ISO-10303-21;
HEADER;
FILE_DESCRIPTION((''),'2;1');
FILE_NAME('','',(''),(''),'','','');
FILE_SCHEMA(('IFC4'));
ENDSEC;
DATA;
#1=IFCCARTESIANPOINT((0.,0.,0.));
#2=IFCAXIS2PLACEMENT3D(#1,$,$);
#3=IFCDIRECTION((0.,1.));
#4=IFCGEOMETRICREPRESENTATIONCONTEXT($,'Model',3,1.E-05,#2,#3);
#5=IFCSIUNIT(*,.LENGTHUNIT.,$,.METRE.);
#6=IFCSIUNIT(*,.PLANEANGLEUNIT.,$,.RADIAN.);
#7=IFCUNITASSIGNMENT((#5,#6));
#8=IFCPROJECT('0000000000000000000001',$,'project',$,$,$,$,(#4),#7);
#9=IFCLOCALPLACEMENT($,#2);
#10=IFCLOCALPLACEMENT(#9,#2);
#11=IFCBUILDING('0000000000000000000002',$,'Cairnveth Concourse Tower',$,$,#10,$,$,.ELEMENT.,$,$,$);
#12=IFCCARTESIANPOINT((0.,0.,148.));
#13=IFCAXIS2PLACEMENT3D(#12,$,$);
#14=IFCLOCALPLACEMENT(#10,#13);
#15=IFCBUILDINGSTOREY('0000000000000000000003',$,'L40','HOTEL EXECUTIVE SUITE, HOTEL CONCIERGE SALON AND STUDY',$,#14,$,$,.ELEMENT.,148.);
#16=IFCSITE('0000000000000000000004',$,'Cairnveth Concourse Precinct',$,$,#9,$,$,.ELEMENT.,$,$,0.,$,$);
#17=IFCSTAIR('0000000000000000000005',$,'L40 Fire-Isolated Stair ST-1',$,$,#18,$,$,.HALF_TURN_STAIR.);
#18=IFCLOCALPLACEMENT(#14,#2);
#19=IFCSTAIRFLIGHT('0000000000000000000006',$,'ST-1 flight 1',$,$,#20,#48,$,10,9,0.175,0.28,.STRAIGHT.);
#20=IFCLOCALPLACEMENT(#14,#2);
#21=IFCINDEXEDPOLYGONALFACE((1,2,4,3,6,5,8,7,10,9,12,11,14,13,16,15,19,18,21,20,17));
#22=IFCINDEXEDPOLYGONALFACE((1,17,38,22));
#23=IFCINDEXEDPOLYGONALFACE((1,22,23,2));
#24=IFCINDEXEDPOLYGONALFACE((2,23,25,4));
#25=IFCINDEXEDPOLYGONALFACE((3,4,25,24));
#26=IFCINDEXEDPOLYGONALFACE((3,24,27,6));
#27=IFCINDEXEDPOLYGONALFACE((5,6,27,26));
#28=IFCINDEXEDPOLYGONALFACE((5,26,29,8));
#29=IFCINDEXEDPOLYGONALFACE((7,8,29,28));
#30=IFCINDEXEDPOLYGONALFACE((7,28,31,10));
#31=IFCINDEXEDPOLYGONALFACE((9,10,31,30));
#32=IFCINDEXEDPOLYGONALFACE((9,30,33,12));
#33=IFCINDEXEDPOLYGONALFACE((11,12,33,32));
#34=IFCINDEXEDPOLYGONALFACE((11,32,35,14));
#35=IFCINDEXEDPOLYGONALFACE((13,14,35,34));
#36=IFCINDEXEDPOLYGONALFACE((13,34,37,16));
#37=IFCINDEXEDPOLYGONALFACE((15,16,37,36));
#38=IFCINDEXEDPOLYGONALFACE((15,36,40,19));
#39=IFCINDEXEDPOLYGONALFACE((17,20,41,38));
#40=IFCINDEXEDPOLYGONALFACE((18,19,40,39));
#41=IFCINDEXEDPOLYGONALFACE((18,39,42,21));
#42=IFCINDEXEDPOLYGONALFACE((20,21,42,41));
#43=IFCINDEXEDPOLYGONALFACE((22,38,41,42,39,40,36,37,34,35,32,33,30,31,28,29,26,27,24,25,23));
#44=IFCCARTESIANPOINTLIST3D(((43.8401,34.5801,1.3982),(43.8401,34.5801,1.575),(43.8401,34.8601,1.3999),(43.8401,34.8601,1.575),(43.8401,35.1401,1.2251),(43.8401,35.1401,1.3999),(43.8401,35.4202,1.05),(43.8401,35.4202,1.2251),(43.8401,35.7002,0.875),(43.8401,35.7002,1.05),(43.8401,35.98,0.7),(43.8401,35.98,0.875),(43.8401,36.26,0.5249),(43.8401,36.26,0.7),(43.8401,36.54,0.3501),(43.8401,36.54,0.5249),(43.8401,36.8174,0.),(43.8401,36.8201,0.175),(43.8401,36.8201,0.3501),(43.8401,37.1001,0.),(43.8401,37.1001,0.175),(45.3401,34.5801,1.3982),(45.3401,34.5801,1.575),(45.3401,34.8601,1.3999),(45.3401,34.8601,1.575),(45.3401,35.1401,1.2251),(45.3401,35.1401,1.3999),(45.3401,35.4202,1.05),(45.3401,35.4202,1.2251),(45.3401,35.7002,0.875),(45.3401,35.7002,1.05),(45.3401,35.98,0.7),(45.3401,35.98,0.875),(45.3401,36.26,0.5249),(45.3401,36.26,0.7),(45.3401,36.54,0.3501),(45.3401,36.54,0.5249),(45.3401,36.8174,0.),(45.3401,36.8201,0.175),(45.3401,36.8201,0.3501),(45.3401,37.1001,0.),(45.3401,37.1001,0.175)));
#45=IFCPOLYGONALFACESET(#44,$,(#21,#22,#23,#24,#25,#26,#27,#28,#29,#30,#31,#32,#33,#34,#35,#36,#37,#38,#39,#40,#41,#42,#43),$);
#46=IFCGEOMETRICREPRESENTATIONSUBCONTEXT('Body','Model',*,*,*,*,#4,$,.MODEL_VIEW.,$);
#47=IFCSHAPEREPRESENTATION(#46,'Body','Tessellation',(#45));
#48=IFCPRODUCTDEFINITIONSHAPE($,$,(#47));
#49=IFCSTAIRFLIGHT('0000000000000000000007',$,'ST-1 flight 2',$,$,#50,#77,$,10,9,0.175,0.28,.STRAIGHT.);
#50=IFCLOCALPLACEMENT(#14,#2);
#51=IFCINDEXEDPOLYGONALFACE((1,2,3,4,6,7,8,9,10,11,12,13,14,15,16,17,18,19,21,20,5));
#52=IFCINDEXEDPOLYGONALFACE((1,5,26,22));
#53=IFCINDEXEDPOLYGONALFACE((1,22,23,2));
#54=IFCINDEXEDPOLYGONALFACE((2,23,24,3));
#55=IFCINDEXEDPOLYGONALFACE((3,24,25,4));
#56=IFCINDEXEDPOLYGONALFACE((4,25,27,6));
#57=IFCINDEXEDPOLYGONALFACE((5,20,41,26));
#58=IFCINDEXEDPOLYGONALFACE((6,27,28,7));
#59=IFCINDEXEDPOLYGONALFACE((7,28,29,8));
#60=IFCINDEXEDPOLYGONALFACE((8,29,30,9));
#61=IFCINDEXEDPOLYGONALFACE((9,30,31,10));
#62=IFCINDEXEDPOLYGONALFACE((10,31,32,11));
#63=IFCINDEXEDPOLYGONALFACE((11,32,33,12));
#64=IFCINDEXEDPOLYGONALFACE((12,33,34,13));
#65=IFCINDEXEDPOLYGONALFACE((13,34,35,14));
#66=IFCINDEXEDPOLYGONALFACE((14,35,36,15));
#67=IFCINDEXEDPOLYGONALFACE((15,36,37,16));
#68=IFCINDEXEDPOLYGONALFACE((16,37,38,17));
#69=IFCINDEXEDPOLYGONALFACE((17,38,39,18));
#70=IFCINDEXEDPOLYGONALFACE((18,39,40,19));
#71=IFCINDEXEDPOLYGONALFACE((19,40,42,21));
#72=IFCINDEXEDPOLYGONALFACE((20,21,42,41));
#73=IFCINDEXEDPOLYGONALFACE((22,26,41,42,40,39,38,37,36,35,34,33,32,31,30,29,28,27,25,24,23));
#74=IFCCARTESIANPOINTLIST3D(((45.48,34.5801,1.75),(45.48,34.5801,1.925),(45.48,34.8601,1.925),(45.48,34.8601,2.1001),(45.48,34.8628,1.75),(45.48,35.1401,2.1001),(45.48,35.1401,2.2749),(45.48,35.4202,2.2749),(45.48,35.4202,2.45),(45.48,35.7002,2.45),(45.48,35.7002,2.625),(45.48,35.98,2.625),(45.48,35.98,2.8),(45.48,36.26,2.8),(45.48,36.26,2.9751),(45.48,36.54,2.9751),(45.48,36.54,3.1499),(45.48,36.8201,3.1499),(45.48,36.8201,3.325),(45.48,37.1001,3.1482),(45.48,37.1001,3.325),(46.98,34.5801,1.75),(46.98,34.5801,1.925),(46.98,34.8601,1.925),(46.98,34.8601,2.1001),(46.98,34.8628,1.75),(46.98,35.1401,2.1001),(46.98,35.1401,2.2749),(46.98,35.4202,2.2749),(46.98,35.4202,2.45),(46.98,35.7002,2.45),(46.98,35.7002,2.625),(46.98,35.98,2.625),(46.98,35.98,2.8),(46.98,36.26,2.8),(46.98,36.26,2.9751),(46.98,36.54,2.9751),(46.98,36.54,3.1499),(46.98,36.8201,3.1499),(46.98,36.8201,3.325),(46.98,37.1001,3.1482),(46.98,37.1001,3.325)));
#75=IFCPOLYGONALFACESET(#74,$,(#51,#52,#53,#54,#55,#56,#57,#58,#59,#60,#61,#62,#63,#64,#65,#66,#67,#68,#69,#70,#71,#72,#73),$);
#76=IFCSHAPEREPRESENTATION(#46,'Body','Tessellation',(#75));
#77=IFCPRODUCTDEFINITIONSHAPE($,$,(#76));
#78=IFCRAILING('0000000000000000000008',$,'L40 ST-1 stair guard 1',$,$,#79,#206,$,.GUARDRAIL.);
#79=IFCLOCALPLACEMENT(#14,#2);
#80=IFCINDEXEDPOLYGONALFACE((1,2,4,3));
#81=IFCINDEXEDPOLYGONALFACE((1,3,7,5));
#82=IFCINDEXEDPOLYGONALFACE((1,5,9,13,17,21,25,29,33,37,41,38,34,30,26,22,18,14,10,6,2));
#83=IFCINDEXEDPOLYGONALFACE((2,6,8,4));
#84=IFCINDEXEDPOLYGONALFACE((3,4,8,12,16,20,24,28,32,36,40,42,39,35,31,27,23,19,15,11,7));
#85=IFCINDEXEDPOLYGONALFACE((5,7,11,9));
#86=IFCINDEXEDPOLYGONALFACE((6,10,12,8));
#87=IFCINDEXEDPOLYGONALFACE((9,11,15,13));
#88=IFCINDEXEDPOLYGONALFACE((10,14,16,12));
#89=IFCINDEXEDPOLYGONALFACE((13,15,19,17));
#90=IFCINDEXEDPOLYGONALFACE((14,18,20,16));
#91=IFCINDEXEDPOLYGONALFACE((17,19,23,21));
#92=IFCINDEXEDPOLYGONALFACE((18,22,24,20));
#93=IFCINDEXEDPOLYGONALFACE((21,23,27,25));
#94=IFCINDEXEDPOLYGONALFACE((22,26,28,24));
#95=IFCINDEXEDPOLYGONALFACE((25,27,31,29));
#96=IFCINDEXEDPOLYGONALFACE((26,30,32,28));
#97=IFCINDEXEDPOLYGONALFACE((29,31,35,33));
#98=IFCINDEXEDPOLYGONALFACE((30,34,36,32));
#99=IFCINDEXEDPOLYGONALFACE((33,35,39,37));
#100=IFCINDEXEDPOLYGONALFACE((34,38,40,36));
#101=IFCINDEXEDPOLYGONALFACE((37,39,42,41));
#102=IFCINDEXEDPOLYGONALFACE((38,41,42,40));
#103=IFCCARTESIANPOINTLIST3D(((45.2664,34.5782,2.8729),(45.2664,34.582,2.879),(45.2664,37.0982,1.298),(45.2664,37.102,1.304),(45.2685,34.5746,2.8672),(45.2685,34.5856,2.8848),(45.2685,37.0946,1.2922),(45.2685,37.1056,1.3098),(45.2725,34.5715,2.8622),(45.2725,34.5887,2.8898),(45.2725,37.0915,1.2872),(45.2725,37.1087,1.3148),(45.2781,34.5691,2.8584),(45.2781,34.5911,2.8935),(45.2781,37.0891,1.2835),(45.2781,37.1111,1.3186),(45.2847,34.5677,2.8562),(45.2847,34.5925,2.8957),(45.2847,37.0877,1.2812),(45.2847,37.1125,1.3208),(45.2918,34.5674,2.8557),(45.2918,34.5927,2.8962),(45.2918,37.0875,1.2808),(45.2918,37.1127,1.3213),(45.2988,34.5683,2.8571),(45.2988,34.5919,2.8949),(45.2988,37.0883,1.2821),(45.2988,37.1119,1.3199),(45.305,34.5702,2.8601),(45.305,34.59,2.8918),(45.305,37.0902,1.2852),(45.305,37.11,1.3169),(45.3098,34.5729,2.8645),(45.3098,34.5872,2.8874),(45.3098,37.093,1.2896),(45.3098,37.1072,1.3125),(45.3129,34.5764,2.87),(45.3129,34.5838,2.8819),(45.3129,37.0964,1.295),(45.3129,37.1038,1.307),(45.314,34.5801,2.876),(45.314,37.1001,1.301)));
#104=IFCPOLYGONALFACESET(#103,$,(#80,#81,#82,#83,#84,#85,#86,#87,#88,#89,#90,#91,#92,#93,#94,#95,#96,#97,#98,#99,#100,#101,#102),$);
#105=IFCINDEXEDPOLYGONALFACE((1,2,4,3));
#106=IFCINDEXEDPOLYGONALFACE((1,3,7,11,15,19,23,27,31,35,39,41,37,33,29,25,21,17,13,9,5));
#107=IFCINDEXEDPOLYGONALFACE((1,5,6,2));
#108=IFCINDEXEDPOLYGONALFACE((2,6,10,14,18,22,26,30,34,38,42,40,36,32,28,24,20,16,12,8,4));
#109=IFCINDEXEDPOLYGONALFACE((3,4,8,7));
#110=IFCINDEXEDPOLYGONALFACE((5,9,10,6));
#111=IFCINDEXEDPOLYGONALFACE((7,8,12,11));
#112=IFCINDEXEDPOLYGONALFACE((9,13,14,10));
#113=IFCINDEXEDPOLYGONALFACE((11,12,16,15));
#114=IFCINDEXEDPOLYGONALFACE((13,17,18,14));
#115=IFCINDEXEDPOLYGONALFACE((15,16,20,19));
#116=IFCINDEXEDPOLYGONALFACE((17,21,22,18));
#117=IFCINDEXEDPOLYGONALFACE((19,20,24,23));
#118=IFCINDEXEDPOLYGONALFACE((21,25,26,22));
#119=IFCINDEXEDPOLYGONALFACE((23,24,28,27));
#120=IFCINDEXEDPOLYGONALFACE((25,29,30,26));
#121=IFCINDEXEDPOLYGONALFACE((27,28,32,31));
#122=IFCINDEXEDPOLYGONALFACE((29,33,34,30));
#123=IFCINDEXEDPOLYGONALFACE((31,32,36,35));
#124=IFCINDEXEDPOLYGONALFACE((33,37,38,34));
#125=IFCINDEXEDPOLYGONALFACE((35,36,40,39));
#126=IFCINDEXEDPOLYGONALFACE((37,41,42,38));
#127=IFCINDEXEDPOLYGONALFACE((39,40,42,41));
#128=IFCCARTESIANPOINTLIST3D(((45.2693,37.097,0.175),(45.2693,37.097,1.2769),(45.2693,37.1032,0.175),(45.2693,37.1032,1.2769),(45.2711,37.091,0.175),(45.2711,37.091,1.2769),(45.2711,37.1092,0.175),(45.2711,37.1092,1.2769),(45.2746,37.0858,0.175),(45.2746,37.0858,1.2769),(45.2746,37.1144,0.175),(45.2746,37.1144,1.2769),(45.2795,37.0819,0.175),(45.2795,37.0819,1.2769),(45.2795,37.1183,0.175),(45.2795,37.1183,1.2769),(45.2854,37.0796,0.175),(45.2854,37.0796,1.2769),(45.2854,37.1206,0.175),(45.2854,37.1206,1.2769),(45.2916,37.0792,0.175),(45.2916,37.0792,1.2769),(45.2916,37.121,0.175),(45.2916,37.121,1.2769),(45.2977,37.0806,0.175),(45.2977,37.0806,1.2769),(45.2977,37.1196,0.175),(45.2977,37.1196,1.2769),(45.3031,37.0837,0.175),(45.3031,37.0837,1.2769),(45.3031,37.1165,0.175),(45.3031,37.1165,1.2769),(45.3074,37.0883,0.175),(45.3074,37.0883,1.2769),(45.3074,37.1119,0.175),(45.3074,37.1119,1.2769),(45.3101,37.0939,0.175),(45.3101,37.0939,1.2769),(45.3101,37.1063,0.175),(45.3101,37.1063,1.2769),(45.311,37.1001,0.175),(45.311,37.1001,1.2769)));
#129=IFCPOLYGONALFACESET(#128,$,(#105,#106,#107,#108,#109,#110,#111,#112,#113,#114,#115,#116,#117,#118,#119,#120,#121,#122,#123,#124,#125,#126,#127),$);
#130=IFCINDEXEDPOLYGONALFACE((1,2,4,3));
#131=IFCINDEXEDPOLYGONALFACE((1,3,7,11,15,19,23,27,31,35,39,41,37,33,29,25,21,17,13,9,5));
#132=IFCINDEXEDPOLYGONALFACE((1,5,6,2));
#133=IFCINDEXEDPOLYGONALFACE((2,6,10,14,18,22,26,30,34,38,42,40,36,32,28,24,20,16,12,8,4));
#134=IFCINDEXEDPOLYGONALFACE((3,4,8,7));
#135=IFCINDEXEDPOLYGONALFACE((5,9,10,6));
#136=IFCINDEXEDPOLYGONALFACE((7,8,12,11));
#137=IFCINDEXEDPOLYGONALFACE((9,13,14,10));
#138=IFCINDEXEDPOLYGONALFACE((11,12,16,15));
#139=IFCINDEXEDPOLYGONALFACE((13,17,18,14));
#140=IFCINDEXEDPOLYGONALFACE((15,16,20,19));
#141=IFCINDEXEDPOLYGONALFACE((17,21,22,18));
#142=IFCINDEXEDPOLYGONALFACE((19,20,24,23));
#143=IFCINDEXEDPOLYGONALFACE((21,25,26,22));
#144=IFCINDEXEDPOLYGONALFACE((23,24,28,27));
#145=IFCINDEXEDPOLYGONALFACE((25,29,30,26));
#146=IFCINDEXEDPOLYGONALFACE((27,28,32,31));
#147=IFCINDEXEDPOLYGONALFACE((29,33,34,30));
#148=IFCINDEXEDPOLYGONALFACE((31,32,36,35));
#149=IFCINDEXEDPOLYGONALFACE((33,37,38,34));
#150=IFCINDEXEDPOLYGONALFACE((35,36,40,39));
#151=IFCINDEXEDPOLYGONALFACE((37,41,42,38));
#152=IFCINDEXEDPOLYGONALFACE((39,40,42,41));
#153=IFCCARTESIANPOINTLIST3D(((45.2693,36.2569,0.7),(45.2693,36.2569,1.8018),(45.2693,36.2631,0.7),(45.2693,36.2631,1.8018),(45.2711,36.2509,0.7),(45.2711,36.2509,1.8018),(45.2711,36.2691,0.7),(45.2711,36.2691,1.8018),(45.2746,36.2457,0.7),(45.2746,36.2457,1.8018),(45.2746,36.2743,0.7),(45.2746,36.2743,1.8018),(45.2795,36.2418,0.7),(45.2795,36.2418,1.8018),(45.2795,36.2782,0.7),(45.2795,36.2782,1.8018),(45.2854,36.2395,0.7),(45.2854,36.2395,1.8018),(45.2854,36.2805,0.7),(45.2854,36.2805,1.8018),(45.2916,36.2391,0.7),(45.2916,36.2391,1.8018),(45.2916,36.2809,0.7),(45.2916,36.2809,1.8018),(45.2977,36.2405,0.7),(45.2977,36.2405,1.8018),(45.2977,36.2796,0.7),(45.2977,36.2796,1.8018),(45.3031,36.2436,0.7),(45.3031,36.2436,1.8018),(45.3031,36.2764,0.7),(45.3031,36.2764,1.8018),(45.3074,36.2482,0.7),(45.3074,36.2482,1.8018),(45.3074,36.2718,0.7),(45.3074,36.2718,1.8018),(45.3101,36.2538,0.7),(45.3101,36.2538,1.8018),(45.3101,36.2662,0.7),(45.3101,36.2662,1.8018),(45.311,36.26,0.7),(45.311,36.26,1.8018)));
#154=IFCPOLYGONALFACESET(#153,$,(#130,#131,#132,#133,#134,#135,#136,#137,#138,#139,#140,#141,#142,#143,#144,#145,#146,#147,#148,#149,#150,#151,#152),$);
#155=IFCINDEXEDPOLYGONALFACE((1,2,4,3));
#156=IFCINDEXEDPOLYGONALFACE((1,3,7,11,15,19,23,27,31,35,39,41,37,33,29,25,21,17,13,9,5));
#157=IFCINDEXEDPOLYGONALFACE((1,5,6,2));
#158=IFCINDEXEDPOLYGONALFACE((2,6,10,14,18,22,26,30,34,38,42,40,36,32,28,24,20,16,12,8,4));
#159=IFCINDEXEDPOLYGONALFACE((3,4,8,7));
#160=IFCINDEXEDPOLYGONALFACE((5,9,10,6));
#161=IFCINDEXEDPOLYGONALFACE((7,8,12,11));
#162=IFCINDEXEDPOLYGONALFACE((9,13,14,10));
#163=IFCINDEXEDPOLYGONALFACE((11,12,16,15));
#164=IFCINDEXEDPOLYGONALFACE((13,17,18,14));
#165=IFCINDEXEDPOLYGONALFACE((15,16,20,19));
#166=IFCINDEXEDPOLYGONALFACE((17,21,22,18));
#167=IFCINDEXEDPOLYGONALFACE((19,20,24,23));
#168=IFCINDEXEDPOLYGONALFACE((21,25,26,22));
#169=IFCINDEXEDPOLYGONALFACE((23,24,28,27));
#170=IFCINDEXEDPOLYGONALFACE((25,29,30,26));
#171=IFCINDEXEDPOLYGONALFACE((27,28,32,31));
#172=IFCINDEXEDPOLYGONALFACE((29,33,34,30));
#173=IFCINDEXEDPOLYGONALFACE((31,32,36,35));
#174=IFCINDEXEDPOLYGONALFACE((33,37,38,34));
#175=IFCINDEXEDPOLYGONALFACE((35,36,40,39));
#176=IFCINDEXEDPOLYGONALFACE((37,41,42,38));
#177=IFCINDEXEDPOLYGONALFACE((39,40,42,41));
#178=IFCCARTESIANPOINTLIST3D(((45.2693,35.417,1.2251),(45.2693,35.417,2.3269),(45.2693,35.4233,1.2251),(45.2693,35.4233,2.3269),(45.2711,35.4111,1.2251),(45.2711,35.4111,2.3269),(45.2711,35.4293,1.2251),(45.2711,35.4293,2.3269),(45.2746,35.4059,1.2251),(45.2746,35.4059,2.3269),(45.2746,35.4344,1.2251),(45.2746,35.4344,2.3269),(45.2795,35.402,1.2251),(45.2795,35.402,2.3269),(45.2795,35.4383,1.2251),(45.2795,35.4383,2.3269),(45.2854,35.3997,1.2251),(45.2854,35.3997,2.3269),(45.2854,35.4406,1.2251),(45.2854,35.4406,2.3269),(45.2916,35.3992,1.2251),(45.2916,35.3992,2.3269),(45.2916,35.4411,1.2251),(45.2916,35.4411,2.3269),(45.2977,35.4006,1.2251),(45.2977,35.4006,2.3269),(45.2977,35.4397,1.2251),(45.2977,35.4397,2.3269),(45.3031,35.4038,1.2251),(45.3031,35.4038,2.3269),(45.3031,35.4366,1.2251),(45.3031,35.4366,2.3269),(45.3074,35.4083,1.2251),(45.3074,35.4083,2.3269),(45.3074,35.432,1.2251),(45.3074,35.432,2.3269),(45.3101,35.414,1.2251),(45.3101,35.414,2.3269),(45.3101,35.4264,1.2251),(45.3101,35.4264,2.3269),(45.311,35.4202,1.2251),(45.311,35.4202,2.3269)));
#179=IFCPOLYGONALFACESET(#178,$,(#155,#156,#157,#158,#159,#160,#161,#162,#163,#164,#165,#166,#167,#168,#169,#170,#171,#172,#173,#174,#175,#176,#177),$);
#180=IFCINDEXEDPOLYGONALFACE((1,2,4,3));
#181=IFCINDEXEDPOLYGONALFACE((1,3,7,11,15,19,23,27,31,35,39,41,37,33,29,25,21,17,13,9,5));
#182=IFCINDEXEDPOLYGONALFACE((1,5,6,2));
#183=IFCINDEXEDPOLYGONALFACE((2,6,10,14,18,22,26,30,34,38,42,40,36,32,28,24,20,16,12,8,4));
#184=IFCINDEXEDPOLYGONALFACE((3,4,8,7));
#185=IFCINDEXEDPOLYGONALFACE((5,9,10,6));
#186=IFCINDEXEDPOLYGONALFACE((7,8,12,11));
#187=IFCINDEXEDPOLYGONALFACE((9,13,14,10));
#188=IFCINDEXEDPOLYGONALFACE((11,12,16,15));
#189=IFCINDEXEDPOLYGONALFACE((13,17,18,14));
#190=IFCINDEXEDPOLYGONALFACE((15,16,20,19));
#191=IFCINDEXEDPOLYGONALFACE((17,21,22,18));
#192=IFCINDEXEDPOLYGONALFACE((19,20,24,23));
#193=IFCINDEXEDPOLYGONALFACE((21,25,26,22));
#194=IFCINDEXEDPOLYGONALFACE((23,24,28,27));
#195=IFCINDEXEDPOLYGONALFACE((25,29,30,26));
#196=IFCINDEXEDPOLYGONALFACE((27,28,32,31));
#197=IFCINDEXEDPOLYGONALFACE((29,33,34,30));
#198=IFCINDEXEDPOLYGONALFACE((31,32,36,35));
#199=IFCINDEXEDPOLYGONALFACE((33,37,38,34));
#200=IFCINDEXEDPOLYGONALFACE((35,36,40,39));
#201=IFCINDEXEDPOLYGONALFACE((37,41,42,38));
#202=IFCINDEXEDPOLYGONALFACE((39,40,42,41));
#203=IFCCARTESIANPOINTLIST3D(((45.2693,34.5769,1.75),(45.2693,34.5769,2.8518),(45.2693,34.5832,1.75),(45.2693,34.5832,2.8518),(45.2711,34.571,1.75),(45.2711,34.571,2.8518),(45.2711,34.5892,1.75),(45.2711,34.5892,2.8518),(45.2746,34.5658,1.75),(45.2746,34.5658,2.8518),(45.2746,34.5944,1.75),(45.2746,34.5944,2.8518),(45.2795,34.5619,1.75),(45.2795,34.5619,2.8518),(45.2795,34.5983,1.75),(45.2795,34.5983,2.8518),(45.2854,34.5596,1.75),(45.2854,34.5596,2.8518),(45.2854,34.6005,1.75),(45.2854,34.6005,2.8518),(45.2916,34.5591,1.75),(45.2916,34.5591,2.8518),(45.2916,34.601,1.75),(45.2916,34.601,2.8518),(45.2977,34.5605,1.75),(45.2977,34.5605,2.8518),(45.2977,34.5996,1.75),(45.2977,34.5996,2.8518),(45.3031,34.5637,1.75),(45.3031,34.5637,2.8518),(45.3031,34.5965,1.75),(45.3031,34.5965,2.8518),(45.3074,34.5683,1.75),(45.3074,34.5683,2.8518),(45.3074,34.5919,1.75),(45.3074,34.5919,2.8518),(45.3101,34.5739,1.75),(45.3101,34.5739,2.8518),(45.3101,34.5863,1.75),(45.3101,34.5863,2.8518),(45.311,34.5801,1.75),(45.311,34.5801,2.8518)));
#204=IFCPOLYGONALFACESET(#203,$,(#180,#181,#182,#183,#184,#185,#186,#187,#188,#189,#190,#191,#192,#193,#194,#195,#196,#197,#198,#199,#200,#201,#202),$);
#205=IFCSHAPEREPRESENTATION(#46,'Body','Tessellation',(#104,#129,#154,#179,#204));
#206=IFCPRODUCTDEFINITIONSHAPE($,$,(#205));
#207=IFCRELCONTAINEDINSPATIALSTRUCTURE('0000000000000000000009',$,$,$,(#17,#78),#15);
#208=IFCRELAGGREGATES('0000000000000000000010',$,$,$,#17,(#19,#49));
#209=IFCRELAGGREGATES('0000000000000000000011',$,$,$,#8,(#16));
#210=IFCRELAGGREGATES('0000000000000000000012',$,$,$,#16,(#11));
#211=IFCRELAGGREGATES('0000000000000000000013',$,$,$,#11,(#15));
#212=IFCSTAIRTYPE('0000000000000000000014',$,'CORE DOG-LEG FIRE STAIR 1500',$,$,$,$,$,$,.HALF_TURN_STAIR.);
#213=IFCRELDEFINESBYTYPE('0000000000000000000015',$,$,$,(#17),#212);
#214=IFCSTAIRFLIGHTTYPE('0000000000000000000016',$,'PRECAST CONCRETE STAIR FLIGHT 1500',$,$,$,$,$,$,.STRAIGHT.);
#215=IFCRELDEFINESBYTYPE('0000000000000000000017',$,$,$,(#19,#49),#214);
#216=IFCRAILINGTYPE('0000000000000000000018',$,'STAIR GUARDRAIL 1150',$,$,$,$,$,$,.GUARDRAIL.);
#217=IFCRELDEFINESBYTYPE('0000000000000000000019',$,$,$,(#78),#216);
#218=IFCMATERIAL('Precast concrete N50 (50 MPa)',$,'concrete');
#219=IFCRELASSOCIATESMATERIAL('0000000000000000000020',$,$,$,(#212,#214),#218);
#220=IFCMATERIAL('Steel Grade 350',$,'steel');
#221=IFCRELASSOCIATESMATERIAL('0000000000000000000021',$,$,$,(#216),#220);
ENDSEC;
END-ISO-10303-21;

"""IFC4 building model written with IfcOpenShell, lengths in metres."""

from ifc_helpers import new_model, si_unit, direction, frame, origin, origin_2d, place, context, subcontext, project, spatial, polyline, circle, outline, extrude, material, type_object, element, aggregate, save


model = new_model("IFC4")

# Units and contexts
model_context = context("Model", 3, precision=1e-05, world=origin(), true_north=direction((0.0, 1.0)))
body_context = subcontext(model_context, "Body", "Model", "MODEL_VIEW")
ifc_project = project(units=[si_unit("LENGTHUNIT", "METRE"), si_unit("PLANEANGLEUNIT", "RADIAN")], contexts=[model_context])

# Site, building, storey
site_placement = place(None, origin())
site = spatial("IfcSite", under=ifc_project, at=site_placement, Name="Cairnveth Concourse Precinct", CompositionType="ELEMENT", RefElevation=0.0)
building_placement = place(site_placement, origin())
building = spatial("IfcBuilding", under=site, at=building_placement, Name="Cairnveth Concourse Tower", CompositionType="ELEMENT")
storey_placement = place(building_placement, frame((0.0, 0.0, 148.0)))
storey = spatial("IfcBuildingStorey", under=building, at=storey_placement, Name="L40", Description="HOTEL EXECUTIVE SUITE, HOTEL CONCIERGE SALON AND STUDY", CompositionType="ELEMENT", Elevation=148.0)

# Shared definitions
ifc_material_1 = material(Name="Steel Grade 350", Category="steel")

# Stair, stair flights
ifc_material_2 = material(Name="Precast concrete N50 (50 MPa)", Category="concrete")
stair_type = type_object("IfcStairType", Name="CORE DOG-LEG FIRE STAIR 1500", PredefinedType="HALF_TURN_STAIR", material=ifc_material_2)
stair_placement = place(storey_placement, origin())
stair = element("IfcStair", 1, at=stair_placement, inside=storey, type_object=stair_type, Name="L40 Fire-Isolated Stair ST-1", PredefinedType="HALF_TURN_STAIR")
stair_flight_type = type_object("IfcStairFlightType", Name="PRECAST CONCRETE STAIR FLIGHT 1500", PredefinedType="STRAIGHT", material=ifc_material_2)
stair_flight_1_placement = place(storey_placement, frame((44.5901, 37.1001, 0.0), z_axis=(0.0, 0.0, 1.0), x_axis=(0.0, -1.0, 0.0)))
stair_flight_1 = element("IfcStairFlight", 2, at=stair_flight_1_placement, type_object=stair_flight_type, Name="ST-1 flight 1", NumberOfRisers=10, NumberOfTreads=9, PredefinedType="STRAIGHT", RiserHeight=0.175, TreadLength=0.28, context=body_context, shape_type="SweptSolid", body=[
    extrude(outline(polyline([(0.0, 0.0), (0.0, 0.175), (0.28, 0.175), (0.28, 0.3501), (0.5601, 0.3501), (0.5601, 0.5249), (0.8401, 0.5249), (0.8401, 0.7), (1.1201, 0.7), (1.1201, 0.875), (1.3999, 0.875), (1.3999, 1.05), (1.6799, 1.05), (1.6799, 1.2251), (1.96, 1.2251), (1.96, 1.3999), (2.24, 1.3999), (2.24, 1.575), (2.52, 1.575), (2.52, 1.75), (2.52, 1.3982), (0.2827, 0.0), (0.0, 0.0)])), frame((0.0, 0.75, 0.0), z_axis=(0.0, -1.0, 0.0), x_axis=(1.0, 0.0, 0.0)), (0.0, 0.0, 1.0), 1.5),
])
stair_flight_2_placement = place(storey_placement, frame((46.23, 34.5801, 1.75), z_axis=(0.0, 0.0, 1.0), x_axis=(0.0, 1.0, 0.0)))
stair_flight_2 = element("IfcStairFlight", 3, at=stair_flight_2_placement, type_object=stair_flight_type, Name="ST-1 flight 2", NumberOfRisers=10, NumberOfTreads=9, PredefinedType="STRAIGHT", RiserHeight=0.175, TreadLength=0.28, context=body_context, shape_type="SweptSolid", body=[
    extrude(outline(polyline([(0.0, 0.0), (0.0, 0.175), (0.28, 0.175), (0.28, 0.3501), (0.5601, 0.3501), (0.5601, 0.5249), (0.8401, 0.5249), (0.8401, 0.7), (1.1201, 0.7), (1.1201, 0.875), (1.3999, 0.875), (1.3999, 1.05), (1.6799, 1.05), (1.6799, 1.2251), (1.96, 1.2251), (1.96, 1.3999), (2.24, 1.3999), (2.24, 1.575), (2.52, 1.575), (2.52, 1.75), (2.52, 1.3982), (0.2827, 0.0), (0.0, 0.0)])), frame((0.0, 0.75, 0.0), z_axis=(0.0, -1.0, 0.0), x_axis=(1.0, 0.0, 0.0)), (0.0, 0.0, 1.0), 1.5),
])
aggregate(stair, [stair_flight_1, stair_flight_2])

# Railing
railing_type_1 = type_object("IfcRailingType", Name="STAIR GUARDRAIL 1150", PredefinedType="GUARDRAIL", material=ifc_material_1)
railing_1_placement = place(storey_placement, frame((45.29, 37.1001, 0.175)))
element("IfcRailing", 4, at=railing_1_placement, inside=storey, type_object=railing_type_1, Name="L40 ST-1 stair guard 1", PredefinedType="GUARDRAIL", context=body_context, shape_type="SweptSolid", body=[
    extrude(circle(Radius=0.0239, at=origin_2d()), frame((0.0, 0.0, 1.126), z_axis=(0.0, -0.848008, 0.529984), x_axis=(1.0, 0.0, 0.0)), (0.0, 0.0, 1.0), 2.9717),
    extrude(circle(Radius=0.021, at=origin_2d()), origin(), (0.0, 0.0, 1.0), 1.1018),
    extrude(circle(Radius=0.021, at=origin_2d()), frame((0.0, -0.8401, 0.5249)), (0.0, 0.0, 1.0), 1.1018),
    extrude(circle(Radius=0.021, at=origin_2d()), frame((0.0, -1.6799, 1.05)), (0.0, 0.0, 1.0), 1.1018),
    extrude(circle(Radius=0.021, at=origin_2d()), frame((0.0, -2.52, 1.575)), (0.0, 0.0, 1.0), 1.1018),
])

save(model, "model.ifc")
